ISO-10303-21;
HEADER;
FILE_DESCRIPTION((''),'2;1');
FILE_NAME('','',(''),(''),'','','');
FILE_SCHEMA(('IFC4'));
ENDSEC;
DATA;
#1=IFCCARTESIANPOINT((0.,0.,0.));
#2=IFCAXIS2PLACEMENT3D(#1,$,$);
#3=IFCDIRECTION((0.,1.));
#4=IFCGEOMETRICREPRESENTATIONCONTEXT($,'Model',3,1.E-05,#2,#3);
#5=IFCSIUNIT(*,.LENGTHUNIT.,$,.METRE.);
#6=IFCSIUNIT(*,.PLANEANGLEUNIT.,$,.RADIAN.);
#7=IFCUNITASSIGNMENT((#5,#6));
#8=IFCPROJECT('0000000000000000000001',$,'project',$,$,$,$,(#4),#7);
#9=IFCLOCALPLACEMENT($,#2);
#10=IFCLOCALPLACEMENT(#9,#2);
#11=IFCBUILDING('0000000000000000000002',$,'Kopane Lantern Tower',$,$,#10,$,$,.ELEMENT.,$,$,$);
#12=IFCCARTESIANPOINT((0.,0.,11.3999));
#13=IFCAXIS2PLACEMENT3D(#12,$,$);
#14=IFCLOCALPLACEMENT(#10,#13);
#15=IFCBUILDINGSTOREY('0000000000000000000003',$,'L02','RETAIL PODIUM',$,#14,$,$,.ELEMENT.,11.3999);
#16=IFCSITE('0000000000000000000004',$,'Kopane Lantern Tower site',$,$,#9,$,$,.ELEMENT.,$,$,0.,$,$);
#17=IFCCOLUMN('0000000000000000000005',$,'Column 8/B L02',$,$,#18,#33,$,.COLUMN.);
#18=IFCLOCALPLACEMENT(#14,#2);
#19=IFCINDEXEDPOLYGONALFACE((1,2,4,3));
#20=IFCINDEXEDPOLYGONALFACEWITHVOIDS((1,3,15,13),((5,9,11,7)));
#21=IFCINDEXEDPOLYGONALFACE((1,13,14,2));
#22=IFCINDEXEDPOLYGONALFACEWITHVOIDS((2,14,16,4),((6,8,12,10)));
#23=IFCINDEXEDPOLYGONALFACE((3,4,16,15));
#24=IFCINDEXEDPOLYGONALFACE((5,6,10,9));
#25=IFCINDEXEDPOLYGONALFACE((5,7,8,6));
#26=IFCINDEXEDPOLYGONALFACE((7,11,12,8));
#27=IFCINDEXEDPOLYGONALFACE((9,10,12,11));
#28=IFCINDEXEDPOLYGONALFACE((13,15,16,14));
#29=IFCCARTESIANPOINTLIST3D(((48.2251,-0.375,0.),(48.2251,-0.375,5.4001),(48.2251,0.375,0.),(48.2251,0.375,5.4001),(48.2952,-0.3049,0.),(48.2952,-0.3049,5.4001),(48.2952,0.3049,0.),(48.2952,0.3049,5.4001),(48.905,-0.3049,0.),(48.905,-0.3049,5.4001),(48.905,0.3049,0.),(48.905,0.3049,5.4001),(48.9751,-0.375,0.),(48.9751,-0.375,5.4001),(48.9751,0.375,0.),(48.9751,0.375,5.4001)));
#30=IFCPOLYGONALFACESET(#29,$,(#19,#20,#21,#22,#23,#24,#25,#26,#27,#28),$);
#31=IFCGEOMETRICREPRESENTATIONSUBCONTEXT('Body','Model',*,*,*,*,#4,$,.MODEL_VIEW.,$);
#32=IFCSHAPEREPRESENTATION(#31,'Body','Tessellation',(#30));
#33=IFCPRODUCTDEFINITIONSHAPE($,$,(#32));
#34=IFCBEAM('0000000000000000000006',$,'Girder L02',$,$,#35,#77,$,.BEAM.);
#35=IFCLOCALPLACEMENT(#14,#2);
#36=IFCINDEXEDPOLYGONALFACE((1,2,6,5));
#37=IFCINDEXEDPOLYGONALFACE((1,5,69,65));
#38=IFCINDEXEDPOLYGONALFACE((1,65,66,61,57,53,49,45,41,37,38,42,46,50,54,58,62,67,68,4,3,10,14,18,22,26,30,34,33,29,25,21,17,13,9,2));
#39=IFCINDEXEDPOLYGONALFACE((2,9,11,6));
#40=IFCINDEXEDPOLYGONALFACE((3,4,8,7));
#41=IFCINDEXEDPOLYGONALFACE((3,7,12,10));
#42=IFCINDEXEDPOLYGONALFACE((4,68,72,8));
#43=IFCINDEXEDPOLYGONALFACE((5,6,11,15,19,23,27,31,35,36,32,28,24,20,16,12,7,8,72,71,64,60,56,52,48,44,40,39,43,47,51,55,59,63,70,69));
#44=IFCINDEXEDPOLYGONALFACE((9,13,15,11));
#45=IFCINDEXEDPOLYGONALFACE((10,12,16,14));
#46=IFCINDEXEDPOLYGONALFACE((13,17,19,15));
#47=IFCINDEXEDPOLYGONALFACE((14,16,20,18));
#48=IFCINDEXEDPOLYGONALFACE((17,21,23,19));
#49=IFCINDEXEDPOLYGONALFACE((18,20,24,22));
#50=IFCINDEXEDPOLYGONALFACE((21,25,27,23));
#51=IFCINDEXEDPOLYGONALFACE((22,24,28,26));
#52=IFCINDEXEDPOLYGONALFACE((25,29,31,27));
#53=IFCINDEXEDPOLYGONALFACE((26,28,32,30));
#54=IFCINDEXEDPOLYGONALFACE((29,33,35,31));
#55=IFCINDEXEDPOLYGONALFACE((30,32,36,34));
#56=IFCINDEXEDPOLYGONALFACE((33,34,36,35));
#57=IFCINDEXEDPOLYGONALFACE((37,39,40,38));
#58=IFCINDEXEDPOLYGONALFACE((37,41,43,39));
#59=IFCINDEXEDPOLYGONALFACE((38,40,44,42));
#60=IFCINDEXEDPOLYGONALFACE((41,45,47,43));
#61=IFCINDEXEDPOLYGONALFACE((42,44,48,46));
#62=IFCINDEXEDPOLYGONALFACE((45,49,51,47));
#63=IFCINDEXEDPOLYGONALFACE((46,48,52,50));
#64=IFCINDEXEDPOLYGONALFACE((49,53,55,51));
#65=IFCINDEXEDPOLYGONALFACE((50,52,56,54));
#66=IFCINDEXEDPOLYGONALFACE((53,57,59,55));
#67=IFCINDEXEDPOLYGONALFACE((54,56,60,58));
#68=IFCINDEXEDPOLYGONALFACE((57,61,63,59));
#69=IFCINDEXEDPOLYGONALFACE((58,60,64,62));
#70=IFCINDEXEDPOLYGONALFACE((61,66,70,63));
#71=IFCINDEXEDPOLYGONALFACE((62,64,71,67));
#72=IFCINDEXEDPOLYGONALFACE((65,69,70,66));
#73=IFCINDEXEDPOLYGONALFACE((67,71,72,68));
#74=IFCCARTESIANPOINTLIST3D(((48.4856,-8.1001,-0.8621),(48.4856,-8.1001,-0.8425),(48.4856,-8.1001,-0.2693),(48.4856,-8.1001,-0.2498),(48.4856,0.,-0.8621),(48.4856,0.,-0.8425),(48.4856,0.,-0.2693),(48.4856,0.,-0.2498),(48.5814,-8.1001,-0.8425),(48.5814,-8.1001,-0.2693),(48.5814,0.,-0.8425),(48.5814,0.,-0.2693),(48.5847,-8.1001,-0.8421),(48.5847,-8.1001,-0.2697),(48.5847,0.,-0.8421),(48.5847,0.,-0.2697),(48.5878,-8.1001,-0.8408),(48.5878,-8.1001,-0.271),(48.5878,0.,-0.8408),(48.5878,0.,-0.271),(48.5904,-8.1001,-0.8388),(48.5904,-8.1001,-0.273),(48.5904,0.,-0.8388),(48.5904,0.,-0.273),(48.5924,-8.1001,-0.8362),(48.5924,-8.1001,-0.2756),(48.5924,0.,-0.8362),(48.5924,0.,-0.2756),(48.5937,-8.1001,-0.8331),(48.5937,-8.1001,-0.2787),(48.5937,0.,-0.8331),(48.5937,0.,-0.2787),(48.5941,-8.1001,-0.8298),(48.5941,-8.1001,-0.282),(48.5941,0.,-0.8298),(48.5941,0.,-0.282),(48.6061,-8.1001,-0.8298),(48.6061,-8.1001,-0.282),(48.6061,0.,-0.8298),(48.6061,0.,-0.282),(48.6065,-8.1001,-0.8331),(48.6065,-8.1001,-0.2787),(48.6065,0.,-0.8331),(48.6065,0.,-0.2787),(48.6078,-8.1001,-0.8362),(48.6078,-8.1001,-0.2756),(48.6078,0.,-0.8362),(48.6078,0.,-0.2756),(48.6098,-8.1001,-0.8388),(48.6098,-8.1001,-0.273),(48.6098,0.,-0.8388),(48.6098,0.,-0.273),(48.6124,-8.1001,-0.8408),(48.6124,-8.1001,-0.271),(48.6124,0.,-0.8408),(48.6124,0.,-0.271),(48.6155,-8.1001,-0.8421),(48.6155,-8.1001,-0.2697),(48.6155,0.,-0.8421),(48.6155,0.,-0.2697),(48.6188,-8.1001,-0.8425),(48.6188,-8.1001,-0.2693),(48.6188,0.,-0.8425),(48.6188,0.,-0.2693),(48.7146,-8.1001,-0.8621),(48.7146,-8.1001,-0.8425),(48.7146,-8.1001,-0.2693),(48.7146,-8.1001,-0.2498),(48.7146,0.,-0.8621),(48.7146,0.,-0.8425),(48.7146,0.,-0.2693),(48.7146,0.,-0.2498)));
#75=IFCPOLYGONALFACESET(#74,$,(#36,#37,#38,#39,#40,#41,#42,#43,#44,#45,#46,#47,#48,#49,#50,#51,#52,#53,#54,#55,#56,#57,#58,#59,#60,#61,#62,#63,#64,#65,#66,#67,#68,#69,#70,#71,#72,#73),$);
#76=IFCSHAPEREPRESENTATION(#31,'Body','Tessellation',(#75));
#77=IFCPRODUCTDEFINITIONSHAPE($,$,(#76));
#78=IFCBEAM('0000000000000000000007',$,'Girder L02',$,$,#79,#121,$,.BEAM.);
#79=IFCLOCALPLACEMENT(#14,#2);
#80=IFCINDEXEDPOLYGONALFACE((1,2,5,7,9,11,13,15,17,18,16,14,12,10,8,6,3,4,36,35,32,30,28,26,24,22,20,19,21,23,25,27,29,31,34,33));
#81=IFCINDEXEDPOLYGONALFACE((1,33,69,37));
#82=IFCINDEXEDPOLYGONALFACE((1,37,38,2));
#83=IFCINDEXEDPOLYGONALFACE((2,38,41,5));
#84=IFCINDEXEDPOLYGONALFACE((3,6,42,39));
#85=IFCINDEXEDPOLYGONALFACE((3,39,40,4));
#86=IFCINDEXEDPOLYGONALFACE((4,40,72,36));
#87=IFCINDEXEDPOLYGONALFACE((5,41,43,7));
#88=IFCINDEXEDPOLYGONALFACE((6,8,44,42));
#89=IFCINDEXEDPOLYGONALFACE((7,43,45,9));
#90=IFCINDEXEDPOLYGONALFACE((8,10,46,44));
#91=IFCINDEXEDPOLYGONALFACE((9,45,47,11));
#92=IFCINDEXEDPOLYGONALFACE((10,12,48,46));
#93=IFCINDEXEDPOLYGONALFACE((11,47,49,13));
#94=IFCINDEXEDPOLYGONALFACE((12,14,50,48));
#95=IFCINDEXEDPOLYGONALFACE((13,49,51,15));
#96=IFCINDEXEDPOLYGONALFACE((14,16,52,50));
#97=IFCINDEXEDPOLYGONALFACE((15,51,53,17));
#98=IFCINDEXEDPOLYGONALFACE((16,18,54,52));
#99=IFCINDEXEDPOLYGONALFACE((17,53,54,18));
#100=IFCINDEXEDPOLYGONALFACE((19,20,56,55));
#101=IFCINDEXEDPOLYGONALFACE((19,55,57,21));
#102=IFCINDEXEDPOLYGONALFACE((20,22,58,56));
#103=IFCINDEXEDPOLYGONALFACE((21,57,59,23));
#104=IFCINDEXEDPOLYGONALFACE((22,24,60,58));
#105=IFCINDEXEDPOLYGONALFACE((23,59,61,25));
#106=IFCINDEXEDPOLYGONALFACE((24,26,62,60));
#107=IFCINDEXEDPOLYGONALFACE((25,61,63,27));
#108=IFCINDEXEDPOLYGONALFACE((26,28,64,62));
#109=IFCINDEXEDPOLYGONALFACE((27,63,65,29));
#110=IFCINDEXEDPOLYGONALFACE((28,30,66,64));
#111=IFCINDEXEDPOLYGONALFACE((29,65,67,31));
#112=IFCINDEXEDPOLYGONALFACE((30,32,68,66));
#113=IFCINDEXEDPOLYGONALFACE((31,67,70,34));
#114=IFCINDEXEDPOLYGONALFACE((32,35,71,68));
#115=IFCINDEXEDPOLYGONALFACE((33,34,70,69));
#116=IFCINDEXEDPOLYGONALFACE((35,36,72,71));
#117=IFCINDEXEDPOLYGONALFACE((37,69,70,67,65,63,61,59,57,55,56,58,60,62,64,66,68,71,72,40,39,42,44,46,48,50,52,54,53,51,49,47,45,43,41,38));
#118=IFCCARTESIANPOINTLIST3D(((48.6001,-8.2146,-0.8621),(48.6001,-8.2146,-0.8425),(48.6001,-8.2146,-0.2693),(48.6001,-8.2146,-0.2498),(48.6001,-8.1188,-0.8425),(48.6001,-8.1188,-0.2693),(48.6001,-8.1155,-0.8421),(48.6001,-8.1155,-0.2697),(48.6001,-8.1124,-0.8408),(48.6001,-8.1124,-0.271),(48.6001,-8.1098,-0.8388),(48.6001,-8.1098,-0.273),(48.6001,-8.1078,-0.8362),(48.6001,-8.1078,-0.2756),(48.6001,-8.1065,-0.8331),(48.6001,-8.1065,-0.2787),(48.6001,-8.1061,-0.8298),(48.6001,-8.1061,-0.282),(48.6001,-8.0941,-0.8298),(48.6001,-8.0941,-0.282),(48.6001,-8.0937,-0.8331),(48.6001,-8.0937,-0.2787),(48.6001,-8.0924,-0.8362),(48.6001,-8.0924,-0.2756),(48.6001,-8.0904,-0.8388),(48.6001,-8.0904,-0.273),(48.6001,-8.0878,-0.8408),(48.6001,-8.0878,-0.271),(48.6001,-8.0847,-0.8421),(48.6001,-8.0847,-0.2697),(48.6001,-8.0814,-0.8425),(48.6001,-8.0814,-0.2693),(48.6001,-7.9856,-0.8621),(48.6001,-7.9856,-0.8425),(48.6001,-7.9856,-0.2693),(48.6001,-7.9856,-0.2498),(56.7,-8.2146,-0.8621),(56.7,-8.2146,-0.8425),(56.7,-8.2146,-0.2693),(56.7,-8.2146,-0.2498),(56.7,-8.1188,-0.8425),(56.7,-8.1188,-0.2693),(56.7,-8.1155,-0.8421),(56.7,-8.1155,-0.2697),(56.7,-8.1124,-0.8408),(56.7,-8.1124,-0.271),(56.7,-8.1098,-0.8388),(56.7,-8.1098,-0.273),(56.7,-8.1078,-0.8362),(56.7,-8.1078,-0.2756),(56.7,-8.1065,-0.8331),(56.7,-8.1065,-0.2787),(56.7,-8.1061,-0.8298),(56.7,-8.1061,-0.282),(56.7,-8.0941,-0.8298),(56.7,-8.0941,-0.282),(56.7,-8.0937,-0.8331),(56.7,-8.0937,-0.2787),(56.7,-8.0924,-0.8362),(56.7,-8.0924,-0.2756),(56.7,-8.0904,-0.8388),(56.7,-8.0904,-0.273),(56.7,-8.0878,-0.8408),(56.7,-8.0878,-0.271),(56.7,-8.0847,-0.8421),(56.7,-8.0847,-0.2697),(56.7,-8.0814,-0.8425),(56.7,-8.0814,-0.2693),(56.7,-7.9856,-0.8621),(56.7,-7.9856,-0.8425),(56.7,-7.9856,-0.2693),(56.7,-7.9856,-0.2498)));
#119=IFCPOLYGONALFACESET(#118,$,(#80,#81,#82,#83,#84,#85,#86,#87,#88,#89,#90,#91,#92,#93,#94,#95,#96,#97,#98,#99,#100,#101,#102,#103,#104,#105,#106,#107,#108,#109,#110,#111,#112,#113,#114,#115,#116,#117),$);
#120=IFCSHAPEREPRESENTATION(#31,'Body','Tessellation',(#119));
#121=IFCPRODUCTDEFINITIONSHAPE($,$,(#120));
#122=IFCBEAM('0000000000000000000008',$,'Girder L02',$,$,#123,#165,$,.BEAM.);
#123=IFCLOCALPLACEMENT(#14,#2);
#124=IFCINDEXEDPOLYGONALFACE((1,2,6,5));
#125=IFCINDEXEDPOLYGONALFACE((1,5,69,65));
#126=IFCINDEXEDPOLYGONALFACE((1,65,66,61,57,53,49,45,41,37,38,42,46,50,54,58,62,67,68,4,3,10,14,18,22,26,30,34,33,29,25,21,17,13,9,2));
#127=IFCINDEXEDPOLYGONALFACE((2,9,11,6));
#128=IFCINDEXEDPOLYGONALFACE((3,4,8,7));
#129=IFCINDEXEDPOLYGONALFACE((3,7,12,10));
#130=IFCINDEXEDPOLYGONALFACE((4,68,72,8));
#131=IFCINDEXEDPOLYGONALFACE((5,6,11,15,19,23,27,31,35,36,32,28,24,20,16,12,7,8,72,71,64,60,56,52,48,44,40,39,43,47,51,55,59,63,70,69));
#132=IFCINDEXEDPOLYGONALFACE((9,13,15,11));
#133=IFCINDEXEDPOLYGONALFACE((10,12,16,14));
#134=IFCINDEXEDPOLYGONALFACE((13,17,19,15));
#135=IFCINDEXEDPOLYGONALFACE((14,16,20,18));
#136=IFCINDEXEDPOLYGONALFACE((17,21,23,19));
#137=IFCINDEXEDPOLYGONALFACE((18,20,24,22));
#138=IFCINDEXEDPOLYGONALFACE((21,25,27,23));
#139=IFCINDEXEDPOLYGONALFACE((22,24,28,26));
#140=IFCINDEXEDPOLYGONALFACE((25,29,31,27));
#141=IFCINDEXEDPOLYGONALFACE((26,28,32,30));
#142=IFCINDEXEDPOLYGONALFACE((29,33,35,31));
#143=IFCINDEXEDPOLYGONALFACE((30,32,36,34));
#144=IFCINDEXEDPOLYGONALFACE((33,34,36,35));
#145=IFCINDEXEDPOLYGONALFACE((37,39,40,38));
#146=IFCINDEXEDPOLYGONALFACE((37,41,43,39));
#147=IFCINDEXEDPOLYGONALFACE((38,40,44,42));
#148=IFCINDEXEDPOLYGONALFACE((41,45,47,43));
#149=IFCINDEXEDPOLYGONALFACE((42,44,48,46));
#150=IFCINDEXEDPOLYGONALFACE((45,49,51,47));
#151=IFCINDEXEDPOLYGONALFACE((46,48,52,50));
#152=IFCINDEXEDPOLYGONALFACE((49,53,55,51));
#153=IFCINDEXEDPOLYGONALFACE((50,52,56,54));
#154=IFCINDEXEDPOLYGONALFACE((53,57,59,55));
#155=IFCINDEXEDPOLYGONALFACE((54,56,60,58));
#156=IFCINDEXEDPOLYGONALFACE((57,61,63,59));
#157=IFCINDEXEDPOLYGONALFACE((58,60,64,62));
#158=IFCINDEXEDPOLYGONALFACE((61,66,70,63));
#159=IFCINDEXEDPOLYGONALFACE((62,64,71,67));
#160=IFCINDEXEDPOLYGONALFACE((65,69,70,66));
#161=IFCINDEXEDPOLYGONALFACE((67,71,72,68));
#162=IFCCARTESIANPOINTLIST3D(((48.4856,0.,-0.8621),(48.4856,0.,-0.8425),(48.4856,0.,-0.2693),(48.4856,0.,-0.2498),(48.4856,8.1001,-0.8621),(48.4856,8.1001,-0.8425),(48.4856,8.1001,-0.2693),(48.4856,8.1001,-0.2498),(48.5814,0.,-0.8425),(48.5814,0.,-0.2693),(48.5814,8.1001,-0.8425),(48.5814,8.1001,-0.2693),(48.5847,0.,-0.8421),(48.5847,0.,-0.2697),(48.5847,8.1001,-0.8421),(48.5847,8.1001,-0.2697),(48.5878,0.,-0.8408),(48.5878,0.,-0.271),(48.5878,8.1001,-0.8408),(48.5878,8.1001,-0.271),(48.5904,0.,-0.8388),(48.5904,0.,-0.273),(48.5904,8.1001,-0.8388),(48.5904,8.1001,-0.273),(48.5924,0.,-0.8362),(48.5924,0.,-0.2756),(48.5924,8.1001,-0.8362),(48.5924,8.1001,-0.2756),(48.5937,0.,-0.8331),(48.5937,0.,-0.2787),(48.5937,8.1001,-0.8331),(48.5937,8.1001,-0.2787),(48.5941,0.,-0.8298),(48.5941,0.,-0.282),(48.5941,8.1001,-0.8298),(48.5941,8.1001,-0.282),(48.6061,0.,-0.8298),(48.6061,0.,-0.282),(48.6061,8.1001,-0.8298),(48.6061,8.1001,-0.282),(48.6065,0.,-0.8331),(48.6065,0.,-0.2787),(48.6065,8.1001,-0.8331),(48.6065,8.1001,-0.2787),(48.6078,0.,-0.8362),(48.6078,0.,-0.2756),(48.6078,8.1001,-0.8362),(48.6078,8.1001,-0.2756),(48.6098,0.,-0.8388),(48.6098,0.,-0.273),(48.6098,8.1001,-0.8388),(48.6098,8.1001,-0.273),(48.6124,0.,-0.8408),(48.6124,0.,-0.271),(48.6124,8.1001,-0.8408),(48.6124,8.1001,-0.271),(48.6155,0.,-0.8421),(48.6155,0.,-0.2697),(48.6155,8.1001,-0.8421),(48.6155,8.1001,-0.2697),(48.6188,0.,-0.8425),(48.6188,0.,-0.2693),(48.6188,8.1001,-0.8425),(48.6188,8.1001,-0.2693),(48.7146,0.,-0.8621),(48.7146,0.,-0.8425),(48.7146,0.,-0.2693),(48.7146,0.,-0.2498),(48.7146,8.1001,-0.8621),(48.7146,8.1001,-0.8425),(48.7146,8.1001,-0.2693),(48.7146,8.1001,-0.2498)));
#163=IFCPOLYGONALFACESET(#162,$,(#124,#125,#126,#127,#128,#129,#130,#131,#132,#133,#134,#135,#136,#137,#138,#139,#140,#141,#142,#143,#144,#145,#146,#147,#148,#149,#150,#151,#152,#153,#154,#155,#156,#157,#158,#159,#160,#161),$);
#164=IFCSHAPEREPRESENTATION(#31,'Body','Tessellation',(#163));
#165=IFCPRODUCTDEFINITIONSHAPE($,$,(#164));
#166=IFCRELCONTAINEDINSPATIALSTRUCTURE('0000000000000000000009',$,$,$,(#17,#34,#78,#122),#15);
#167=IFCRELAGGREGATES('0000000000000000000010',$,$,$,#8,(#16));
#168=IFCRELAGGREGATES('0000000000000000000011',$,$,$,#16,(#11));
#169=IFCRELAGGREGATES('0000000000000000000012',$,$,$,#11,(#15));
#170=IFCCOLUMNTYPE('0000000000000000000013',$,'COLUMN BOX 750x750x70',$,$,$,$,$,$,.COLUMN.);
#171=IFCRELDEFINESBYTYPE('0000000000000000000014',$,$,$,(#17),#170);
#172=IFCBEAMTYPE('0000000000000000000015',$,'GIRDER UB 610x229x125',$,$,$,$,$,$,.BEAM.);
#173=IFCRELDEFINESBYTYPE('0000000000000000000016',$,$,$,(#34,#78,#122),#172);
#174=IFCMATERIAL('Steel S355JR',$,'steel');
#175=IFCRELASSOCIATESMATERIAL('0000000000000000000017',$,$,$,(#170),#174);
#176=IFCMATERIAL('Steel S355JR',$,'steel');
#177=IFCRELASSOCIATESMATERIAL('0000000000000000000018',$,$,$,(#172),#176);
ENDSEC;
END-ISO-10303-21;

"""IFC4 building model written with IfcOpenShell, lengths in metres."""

from ifc_helpers import new_model, si_unit, direction, frame, origin, origin_2d, place, context, subcontext, project, spatial, hollow_rectangle, i_section, extrude, material, material_profile, profile_set, type_object, element, save


model = new_model("IFC4")

# Units and contexts
model_context = context("Model", 3, precision=1e-05, world=origin(), true_north=direction((0.0, 1.0)))
body_context = subcontext(model_context, "Body", "Model", "MODEL_VIEW")
ifc_project = project(units=[si_unit("LENGTHUNIT", "METRE"), si_unit("PLANEANGLEUNIT", "RADIAN")], contexts=[model_context])

# Site, building, storey
site_placement = place(None, origin())
site = spatial("IfcSite", under=ifc_project, at=site_placement, Name="Kopane Lantern Tower site", CompositionType="ELEMENT", RefElevation=0.0)
building_placement = place(site_placement, origin())
building = spatial("IfcBuilding", under=site, at=building_placement, Name="Kopane Lantern Tower", CompositionType="ELEMENT")
storey_placement = place(building_placement, frame((0.0, 0.0, 11.3999)))
storey = spatial("IfcBuildingStorey", under=building, at=storey_placement, Name="L02", Description="RETAIL PODIUM", CompositionType="ELEMENT", Elevation=11.3999)

# Column
ifc_material_1 = material(Name="Steel S355JR", Category="steel")
ifc_material_profile_1 = material_profile(ifc_material_1, hollow_rectangle(XDim=0.75, YDim=0.75, WallThickness=0.0701, at=origin_2d()), Name="BOX 750x750x70")
ifc_profile_set_1 = profile_set([ifc_material_profile_1], Name="Steel S355JR")
column_type = type_object("IfcColumnType", Name="COLUMN BOX 750x750x70", PredefinedType="COLUMN", material=ifc_profile_set_1)
column_placement = place(storey_placement, frame((48.6001, 0.0, 0.0), z_axis=(0.0, 0.0, 1.0), x_axis=(1.0, 0.0, 0.0)))
element("IfcColumn", 1, at=column_placement, inside=storey, type_object=column_type, Name="Column 8/B L02", PredefinedType="COLUMN", context=body_context, shape_type="SweptSolid", body=[
    extrude(hollow_rectangle(XDim=0.75, YDim=0.75, WallThickness=0.0701, at=origin_2d()), origin(), (0.0, 0.0, 1.0), 5.4001),
])

# Beams
ifc_material_2 = material(Name="Steel S355JR", Category="steel")
ifc_material_profile_2 = material_profile(ifc_material_2, i_section(OverallWidth=0.229, OverallDepth=0.6123, WebThickness=0.012, FlangeThickness=0.0195, FilletRadius=0.0127, at=origin_2d()), Name="UB 610x229x125")
ifc_profile_set_2 = profile_set([ifc_material_profile_2], Name="Steel S355JR")
beam_type = type_object("IfcBeamType", Name="GIRDER UB 610x229x125", PredefinedType="BEAM", material=ifc_profile_set_2)
beam_1_placement = place(storey_placement, frame((48.6001, -8.1001, -0.5559), z_axis=(0.0, 1.0, 0.0), x_axis=(-1.0, 0.0, 0.0)))
element("IfcBeam", 2, at=beam_1_placement, inside=storey, type_object=beam_type, Name="Girder L02", PredefinedType="BEAM", context=body_context, shape_type="SweptSolid", body=[
    extrude(i_section(OverallWidth=0.229, OverallDepth=0.6123, WebThickness=0.012, FlangeThickness=0.0195, FilletRadius=0.0127, at=origin_2d()), origin(), (0.0, 0.0, 1.0), 8.1001),
])
beam_2_placement = place(storey_placement, frame((48.6001, -8.1001, -0.5559), z_axis=(1.0, 0.0, 0.0), x_axis=(0.0, 1.0, 0.0)))
element("IfcBeam", 3, at=beam_2_placement, inside=storey, type_object=beam_type, Name="Girder L02", PredefinedType="BEAM", context=body_context, shape_type="SweptSolid", body=[
    extrude(i_section(OverallWidth=0.229, OverallDepth=0.6123, WebThickness=0.012, FlangeThickness=0.0195, FilletRadius=0.0127, at=origin_2d()), origin(), (0.0, 0.0, 1.0), 8.0999),
])
beam_3_placement = place(storey_placement, frame((48.6001, 0.0, -0.5559), z_axis=(0.0, 1.0, 0.0), x_axis=(-1.0, 0.0, 0.0)))
element("IfcBeam", 4, at=beam_3_placement, inside=storey, type_object=beam_type, Name="Girder L02", PredefinedType="BEAM", context=body_context, shape_type="SweptSolid", body=[
    extrude(i_section(OverallWidth=0.229, OverallDepth=0.6123, WebThickness=0.012, FlangeThickness=0.0195, FilletRadius=0.0127, at=origin_2d()), origin(), (0.0, 0.0, 1.0), 8.1001),
])

save(model, "model.ifc")
